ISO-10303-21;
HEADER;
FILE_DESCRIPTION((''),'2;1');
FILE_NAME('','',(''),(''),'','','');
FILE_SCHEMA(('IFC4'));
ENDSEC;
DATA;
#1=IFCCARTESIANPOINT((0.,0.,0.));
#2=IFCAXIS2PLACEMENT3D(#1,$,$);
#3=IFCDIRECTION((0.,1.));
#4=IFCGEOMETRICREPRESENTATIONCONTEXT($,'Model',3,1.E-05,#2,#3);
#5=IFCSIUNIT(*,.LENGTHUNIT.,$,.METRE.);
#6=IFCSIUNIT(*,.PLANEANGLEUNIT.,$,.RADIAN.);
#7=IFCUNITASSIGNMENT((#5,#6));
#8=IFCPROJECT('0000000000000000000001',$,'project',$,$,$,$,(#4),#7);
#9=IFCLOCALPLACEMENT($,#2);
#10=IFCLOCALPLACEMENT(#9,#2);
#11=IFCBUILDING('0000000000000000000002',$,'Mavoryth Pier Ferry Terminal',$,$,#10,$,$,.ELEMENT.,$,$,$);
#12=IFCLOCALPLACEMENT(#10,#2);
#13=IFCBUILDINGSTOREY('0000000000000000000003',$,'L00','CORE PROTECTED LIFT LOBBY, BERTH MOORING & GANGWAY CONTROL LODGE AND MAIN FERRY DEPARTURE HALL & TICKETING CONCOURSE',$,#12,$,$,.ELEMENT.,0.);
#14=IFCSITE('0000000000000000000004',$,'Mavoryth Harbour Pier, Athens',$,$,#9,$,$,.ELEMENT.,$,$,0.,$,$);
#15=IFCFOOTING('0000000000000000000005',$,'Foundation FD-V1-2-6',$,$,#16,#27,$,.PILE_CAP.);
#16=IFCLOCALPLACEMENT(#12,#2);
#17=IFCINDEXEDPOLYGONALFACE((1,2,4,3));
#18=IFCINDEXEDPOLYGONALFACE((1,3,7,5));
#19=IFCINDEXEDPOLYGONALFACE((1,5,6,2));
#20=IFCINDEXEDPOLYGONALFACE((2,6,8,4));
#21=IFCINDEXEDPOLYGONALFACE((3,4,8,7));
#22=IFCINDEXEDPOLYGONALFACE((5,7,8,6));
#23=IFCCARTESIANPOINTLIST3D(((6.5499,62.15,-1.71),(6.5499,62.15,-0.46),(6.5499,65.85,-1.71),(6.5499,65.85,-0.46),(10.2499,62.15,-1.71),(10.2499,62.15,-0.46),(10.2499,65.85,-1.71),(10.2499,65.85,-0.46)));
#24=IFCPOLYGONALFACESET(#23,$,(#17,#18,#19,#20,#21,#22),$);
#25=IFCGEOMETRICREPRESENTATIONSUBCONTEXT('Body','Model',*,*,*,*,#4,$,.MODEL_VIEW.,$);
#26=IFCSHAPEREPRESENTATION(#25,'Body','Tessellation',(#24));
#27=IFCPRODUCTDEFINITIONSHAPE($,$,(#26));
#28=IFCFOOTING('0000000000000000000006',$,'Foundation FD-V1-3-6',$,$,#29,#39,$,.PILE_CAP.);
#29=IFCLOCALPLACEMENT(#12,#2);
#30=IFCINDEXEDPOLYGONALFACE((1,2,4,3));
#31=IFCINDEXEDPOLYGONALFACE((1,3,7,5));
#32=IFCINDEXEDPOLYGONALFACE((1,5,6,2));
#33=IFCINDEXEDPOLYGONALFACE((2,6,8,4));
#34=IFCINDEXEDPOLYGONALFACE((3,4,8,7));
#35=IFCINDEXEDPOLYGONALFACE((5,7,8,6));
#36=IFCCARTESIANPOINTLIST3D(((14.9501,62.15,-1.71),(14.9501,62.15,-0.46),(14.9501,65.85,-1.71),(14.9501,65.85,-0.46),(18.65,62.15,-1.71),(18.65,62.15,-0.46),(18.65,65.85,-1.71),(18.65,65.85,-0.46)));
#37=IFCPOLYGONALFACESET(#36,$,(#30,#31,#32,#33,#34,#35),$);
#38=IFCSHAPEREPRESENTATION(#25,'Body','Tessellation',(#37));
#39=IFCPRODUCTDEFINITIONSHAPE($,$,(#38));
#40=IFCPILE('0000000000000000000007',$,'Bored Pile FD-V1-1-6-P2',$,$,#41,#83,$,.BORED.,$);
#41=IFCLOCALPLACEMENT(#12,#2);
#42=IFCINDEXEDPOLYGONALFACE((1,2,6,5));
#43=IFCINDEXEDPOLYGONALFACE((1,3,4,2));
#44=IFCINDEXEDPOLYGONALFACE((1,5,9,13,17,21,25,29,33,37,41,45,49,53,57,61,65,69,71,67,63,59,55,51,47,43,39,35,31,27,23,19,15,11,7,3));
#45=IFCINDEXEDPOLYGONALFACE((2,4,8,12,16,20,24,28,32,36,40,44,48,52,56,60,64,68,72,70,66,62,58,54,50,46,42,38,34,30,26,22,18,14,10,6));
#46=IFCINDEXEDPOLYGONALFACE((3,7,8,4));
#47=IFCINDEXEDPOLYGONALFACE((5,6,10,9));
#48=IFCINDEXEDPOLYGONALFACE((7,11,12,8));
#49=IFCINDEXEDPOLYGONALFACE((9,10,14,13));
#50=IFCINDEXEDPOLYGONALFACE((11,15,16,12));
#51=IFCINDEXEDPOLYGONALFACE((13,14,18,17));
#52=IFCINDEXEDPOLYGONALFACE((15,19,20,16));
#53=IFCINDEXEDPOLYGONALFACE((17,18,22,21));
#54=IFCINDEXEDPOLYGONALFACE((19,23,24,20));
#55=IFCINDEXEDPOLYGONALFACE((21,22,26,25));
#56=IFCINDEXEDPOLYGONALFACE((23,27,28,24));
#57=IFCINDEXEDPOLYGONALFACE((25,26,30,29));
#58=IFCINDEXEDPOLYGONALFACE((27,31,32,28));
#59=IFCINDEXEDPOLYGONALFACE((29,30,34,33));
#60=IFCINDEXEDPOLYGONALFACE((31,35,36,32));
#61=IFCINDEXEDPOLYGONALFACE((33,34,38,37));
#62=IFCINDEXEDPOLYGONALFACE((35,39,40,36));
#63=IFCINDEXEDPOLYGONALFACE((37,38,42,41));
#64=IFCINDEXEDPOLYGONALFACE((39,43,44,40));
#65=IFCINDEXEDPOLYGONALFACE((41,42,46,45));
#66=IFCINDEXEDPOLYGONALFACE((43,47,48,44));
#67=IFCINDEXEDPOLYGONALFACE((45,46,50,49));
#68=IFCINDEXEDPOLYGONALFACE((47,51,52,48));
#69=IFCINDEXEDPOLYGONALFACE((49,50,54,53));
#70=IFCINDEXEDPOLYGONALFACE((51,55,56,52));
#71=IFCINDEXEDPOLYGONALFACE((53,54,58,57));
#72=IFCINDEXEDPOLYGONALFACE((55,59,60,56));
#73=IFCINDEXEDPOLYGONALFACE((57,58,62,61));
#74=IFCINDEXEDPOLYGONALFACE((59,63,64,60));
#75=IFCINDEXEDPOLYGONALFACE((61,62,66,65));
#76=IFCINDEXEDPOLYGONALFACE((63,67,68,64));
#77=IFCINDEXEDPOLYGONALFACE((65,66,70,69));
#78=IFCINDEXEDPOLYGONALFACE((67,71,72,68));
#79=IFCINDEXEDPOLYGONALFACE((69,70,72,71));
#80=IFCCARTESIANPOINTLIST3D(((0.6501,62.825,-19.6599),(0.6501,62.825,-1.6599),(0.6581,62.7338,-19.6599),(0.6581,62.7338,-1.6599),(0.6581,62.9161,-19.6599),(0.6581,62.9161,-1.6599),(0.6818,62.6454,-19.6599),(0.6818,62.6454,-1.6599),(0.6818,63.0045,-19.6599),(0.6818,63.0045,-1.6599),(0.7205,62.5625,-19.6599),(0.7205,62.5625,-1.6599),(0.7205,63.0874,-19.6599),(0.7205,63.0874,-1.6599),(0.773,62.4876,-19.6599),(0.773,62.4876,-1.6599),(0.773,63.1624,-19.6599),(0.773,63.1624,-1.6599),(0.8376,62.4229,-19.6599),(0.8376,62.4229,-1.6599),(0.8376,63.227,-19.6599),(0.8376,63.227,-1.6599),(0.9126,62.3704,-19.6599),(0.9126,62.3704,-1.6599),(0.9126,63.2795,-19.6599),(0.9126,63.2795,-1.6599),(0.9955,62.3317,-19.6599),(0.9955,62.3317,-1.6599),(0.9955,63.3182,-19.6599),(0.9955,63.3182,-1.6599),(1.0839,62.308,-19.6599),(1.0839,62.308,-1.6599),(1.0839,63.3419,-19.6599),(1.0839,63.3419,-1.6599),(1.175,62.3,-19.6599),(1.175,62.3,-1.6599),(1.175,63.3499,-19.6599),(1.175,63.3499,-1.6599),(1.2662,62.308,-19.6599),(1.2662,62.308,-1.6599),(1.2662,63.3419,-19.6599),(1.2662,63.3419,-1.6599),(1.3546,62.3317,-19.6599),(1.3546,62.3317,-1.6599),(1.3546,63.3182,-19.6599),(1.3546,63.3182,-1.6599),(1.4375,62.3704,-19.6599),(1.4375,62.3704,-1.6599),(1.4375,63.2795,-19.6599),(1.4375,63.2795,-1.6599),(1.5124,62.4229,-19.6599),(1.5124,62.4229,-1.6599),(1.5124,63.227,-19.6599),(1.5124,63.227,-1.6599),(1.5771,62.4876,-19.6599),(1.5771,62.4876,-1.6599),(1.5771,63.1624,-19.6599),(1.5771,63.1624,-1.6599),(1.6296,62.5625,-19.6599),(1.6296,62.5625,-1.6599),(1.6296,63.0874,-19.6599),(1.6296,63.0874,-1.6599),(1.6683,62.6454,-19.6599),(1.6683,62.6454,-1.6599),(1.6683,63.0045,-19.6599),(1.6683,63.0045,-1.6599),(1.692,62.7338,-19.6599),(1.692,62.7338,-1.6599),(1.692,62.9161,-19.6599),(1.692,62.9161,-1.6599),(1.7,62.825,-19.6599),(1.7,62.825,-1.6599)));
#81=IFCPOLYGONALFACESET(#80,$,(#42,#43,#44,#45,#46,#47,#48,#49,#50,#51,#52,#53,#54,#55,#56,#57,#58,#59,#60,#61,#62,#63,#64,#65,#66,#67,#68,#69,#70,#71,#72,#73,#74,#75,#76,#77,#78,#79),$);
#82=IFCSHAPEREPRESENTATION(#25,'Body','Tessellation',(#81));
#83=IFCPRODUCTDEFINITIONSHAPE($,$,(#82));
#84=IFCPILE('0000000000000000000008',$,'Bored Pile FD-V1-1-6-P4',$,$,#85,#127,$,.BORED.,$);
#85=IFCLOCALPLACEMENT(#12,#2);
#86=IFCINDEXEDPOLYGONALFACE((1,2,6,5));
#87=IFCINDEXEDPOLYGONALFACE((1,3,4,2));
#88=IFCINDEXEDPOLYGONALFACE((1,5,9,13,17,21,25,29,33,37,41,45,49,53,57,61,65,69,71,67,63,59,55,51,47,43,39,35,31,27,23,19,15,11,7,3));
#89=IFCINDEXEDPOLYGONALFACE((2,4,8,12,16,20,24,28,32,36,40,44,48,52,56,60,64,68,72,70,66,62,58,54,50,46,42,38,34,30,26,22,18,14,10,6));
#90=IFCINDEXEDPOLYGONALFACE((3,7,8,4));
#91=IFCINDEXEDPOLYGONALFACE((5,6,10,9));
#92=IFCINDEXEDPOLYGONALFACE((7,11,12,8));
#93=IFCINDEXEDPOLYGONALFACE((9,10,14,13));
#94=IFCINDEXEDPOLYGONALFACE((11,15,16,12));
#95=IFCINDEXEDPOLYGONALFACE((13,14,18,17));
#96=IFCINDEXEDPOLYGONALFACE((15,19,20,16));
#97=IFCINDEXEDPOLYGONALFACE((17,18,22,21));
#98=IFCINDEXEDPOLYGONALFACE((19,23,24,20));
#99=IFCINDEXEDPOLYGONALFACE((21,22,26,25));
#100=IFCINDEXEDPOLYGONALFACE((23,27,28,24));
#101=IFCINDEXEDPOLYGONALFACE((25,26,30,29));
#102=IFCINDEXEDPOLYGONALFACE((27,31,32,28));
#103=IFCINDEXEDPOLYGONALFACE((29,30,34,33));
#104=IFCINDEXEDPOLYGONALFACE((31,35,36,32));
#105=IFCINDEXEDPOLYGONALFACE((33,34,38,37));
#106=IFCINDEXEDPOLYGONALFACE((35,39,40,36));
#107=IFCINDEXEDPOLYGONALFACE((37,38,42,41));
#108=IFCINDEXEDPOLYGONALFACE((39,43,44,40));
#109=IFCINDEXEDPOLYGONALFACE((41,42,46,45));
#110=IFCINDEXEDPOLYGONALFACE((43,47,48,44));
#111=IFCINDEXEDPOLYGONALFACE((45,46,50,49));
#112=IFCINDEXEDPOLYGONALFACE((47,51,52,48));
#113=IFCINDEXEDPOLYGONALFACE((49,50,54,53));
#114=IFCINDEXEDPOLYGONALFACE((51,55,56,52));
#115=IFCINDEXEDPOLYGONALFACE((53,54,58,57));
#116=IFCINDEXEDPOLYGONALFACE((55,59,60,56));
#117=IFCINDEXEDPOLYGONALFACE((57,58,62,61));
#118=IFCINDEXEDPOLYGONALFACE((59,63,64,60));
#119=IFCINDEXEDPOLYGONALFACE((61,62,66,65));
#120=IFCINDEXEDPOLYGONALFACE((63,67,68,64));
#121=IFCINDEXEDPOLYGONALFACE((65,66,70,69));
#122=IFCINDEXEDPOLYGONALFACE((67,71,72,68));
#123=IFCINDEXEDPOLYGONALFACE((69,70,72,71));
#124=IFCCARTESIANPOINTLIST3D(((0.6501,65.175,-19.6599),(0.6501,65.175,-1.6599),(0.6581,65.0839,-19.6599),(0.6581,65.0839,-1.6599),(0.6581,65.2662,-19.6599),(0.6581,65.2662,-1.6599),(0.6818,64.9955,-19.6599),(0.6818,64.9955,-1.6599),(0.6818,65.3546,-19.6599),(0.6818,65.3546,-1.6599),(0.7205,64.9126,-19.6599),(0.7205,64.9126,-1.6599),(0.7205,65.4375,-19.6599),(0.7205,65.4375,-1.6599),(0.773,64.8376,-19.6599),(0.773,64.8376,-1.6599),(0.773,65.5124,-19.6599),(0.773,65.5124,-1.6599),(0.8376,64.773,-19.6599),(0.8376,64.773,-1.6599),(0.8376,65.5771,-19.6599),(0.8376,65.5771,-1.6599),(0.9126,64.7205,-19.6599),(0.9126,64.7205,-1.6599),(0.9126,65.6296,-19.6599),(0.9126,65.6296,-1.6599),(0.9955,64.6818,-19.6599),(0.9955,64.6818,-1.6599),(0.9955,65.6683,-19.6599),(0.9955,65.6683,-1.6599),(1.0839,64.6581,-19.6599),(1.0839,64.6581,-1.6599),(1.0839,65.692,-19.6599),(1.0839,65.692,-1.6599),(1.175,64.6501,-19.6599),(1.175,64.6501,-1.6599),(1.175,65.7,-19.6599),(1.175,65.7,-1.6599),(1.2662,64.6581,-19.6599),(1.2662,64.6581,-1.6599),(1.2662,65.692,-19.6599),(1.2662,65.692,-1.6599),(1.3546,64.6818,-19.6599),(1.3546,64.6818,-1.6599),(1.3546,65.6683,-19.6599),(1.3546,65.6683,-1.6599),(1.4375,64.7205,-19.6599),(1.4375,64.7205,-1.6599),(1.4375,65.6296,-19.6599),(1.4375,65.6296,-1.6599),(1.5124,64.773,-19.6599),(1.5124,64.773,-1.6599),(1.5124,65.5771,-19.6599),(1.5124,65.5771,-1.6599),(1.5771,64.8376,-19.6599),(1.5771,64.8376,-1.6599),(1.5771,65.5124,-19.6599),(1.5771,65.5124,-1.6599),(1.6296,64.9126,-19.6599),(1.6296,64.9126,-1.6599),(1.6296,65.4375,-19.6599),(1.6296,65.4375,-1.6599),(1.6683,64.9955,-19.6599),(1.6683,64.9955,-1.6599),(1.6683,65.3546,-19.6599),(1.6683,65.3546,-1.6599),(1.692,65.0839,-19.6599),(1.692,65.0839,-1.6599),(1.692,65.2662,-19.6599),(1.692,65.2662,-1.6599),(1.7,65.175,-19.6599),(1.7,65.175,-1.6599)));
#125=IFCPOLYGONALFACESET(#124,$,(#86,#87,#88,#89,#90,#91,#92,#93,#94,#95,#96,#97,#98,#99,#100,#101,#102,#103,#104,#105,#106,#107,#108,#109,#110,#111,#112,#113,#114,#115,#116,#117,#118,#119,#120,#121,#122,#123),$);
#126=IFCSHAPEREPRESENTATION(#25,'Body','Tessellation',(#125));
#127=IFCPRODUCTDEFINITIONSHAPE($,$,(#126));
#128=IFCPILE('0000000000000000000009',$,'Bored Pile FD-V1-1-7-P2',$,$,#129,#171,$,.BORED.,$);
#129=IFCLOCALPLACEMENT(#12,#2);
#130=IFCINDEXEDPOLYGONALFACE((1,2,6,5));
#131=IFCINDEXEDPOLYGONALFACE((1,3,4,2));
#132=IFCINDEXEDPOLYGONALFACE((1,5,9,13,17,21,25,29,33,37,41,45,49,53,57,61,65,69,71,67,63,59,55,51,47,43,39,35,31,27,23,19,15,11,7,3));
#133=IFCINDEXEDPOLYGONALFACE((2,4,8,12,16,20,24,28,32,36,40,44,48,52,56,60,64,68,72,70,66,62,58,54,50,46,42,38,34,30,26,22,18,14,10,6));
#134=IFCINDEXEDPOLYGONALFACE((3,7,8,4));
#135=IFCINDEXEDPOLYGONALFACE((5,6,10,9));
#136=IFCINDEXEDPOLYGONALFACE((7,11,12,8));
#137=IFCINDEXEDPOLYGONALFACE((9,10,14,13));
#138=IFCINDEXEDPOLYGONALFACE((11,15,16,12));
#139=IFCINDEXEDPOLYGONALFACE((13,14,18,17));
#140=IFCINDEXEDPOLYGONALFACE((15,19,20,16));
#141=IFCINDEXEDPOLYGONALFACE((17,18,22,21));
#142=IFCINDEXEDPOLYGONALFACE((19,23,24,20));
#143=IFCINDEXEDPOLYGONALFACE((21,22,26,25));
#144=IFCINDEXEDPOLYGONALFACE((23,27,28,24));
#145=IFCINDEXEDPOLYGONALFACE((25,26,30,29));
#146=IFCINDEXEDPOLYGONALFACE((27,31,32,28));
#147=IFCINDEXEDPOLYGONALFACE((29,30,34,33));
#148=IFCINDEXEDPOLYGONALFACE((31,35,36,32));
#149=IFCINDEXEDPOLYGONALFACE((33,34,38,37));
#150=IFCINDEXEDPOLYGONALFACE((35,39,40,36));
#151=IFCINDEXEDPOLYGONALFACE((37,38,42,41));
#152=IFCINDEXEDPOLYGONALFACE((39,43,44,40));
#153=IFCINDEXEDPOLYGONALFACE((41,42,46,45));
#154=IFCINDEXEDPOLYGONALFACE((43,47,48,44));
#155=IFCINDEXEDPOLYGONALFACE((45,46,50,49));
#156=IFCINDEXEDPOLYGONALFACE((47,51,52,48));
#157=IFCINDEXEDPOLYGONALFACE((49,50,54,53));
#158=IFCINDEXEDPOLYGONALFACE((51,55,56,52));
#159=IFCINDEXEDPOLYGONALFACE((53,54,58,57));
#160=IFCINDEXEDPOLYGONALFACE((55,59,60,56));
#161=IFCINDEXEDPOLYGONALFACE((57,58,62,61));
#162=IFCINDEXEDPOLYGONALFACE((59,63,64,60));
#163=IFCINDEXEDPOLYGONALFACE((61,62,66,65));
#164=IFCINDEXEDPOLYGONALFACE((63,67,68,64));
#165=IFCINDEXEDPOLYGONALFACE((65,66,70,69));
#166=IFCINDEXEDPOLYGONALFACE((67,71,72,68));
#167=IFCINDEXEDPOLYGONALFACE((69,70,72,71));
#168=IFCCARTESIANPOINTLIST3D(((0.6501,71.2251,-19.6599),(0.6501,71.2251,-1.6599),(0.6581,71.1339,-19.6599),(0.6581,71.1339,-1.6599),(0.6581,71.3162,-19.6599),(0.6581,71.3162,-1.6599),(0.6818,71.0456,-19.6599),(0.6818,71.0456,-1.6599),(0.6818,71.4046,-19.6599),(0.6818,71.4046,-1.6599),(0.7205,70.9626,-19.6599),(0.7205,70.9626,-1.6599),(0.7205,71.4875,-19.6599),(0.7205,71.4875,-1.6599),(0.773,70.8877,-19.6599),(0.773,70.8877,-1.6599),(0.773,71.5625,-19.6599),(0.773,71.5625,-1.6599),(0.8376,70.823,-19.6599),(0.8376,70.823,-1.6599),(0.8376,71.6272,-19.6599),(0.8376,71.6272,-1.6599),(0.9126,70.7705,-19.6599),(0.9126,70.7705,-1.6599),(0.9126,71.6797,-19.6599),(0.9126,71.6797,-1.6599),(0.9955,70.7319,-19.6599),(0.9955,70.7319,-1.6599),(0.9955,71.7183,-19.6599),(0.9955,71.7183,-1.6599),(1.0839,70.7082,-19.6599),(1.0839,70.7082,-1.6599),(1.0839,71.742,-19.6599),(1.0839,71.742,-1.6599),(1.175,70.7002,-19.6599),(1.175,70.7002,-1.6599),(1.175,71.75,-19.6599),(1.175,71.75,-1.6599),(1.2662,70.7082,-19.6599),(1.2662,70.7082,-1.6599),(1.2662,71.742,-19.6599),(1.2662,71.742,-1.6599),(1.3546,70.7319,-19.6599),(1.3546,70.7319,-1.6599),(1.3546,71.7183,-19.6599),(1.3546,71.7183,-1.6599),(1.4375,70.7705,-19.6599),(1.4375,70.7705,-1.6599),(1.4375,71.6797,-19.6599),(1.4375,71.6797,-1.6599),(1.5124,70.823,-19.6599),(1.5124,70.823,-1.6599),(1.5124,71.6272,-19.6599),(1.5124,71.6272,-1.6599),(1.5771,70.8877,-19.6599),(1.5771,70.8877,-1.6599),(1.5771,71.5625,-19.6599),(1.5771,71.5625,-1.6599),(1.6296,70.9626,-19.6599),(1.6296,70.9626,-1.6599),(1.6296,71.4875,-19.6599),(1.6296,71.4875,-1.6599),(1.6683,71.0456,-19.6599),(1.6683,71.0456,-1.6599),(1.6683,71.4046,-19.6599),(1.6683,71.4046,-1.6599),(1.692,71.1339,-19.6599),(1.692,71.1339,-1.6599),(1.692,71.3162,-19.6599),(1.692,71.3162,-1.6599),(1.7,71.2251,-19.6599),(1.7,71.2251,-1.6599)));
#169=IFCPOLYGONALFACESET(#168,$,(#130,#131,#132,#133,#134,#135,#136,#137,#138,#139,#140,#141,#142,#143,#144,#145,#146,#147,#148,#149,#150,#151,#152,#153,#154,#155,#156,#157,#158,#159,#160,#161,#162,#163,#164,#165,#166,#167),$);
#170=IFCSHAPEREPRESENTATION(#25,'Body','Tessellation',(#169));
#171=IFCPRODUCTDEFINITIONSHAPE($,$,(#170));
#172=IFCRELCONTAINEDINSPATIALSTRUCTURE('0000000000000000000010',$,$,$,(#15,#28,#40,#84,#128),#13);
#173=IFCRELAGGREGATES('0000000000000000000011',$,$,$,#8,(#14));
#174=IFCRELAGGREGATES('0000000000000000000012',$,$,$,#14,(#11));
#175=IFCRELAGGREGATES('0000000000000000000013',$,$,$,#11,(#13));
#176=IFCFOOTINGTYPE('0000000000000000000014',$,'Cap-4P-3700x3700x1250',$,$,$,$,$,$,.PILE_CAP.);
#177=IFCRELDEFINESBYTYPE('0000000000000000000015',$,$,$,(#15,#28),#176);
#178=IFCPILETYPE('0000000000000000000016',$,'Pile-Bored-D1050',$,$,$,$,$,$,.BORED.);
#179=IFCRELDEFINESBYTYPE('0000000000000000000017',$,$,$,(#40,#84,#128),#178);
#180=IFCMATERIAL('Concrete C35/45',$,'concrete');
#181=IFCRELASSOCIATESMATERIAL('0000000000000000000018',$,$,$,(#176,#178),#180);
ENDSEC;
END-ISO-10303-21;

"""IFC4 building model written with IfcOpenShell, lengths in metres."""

from ifc_helpers import new_model, si_unit, direction, frame, origin, origin_2d, place, context, subcontext, project, spatial, rectangle, circle, extrude, material, material_profile, profile_set, type_object, element, save


model = new_model("IFC4")

# Units and contexts
model_context = context("Model", 3, precision=1e-05, world=origin(), true_north=direction((0.0, 1.0)))
body_context = subcontext(model_context, "Body", "Model", "MODEL_VIEW")
ifc_project = project(units=[si_unit("LENGTHUNIT", "METRE"), si_unit("PLANEANGLEUNIT", "RADIAN")], contexts=[model_context])

# Site, building, storey
site_placement = place(None, origin())
site = spatial("IfcSite", under=ifc_project, at=site_placement, Name="Mavoryth Harbour Pier, Athens", CompositionType="ELEMENT", RefElevation=0.0)
building_placement = place(site_placement, origin())
building = spatial("IfcBuilding", under=site, at=building_placement, Name="Mavoryth Pier Ferry Terminal", CompositionType="ELEMENT")
storey_placement = place(building_placement, origin())
storey = spatial("IfcBuildingStorey", under=building, at=storey_placement, Name="L00", Description="CORE PROTECTED LIFT LOBBY, BERTH MOORING & GANGWAY CONTROL LODGE AND MAIN FERRY DEPARTURE HALL & TICKETING CONCOURSE", CompositionType="ELEMENT", Elevation=0.0)

# Footings
ifc_material_1 = material(Name="Concrete C35/45", Category="concrete")
footing_type_1 = type_object("IfcFootingType", Name="Cap-4P-3700x3700x1250", PredefinedType="PILE_CAP", material=ifc_material_1)
for number, where, z_axis, x_axis, name in (
    (1, (8.3999, 64.0, -1.71), (0.0, 0.0, 1.0), (1.0, 0.0, 0.0), "Foundation FD-V1-2-6"),
    (2, (16.8, 64.0, -1.71), (0.0, 0.0, 1.0), (1.0, 0.0, 0.0), "Foundation FD-V1-3-6"),
):
    element("IfcFooting", number, at=place(storey_placement, frame(where, z_axis=z_axis, x_axis=x_axis)), inside=storey, type_object=footing_type_1, Name=name, PredefinedType="PILE_CAP", context=body_context, shape_type="SweptSolid", body=[
        extrude(rectangle(XDim=3.7, YDim=3.7, at=origin_2d()), origin(), (0.0, 0.0, 1.0), 1.25),
    ])

# Piles
ifc_material_profile_1 = material_profile(ifc_material_1, circle(Radius=0.5249, at=origin_2d()), Name="PILE D1050", Category="concrete")
ifc_profile_set_1 = profile_set([ifc_material_profile_1], Name="Concrete C35/45 - PILE D1050")
pile_type_1 = type_object("IfcPileType", Name="Pile-Bored-D1050", PredefinedType="BORED", material=ifc_profile_set_1)
for number, where, z_axis, x_axis, name in (
    (3, (1.175, 62.825, -1.6599), (0.0, 0.0, -1.0), (1.0, 0.0, 0.0), "Bored Pile FD-V1-1-6-P2"),
    (4, (1.175, 65.175, -1.6599), (0.0, 0.0, -1.0), (1.0, 0.0, 0.0), "Bored Pile FD-V1-1-6-P4"),
    (5, (1.175, 71.2251, -1.6599), (0.0, 0.0, -1.0), (1.0, 0.0, 0.0), "Bored Pile FD-V1-1-7-P2"),
):
    element("IfcPile", number, at=place(storey_placement, frame(where, z_axis=z_axis, x_axis=x_axis)), inside=storey, type_object=pile_type_1, Name=name, PredefinedType="BORED", context=body_context, shape_type="SweptSolid", body=[
        extrude(circle(Radius=0.5249, at=origin_2d()), origin(), (0.0, 0.0, 1.0), 18.0),
    ])

save(model, "model.ifc")
